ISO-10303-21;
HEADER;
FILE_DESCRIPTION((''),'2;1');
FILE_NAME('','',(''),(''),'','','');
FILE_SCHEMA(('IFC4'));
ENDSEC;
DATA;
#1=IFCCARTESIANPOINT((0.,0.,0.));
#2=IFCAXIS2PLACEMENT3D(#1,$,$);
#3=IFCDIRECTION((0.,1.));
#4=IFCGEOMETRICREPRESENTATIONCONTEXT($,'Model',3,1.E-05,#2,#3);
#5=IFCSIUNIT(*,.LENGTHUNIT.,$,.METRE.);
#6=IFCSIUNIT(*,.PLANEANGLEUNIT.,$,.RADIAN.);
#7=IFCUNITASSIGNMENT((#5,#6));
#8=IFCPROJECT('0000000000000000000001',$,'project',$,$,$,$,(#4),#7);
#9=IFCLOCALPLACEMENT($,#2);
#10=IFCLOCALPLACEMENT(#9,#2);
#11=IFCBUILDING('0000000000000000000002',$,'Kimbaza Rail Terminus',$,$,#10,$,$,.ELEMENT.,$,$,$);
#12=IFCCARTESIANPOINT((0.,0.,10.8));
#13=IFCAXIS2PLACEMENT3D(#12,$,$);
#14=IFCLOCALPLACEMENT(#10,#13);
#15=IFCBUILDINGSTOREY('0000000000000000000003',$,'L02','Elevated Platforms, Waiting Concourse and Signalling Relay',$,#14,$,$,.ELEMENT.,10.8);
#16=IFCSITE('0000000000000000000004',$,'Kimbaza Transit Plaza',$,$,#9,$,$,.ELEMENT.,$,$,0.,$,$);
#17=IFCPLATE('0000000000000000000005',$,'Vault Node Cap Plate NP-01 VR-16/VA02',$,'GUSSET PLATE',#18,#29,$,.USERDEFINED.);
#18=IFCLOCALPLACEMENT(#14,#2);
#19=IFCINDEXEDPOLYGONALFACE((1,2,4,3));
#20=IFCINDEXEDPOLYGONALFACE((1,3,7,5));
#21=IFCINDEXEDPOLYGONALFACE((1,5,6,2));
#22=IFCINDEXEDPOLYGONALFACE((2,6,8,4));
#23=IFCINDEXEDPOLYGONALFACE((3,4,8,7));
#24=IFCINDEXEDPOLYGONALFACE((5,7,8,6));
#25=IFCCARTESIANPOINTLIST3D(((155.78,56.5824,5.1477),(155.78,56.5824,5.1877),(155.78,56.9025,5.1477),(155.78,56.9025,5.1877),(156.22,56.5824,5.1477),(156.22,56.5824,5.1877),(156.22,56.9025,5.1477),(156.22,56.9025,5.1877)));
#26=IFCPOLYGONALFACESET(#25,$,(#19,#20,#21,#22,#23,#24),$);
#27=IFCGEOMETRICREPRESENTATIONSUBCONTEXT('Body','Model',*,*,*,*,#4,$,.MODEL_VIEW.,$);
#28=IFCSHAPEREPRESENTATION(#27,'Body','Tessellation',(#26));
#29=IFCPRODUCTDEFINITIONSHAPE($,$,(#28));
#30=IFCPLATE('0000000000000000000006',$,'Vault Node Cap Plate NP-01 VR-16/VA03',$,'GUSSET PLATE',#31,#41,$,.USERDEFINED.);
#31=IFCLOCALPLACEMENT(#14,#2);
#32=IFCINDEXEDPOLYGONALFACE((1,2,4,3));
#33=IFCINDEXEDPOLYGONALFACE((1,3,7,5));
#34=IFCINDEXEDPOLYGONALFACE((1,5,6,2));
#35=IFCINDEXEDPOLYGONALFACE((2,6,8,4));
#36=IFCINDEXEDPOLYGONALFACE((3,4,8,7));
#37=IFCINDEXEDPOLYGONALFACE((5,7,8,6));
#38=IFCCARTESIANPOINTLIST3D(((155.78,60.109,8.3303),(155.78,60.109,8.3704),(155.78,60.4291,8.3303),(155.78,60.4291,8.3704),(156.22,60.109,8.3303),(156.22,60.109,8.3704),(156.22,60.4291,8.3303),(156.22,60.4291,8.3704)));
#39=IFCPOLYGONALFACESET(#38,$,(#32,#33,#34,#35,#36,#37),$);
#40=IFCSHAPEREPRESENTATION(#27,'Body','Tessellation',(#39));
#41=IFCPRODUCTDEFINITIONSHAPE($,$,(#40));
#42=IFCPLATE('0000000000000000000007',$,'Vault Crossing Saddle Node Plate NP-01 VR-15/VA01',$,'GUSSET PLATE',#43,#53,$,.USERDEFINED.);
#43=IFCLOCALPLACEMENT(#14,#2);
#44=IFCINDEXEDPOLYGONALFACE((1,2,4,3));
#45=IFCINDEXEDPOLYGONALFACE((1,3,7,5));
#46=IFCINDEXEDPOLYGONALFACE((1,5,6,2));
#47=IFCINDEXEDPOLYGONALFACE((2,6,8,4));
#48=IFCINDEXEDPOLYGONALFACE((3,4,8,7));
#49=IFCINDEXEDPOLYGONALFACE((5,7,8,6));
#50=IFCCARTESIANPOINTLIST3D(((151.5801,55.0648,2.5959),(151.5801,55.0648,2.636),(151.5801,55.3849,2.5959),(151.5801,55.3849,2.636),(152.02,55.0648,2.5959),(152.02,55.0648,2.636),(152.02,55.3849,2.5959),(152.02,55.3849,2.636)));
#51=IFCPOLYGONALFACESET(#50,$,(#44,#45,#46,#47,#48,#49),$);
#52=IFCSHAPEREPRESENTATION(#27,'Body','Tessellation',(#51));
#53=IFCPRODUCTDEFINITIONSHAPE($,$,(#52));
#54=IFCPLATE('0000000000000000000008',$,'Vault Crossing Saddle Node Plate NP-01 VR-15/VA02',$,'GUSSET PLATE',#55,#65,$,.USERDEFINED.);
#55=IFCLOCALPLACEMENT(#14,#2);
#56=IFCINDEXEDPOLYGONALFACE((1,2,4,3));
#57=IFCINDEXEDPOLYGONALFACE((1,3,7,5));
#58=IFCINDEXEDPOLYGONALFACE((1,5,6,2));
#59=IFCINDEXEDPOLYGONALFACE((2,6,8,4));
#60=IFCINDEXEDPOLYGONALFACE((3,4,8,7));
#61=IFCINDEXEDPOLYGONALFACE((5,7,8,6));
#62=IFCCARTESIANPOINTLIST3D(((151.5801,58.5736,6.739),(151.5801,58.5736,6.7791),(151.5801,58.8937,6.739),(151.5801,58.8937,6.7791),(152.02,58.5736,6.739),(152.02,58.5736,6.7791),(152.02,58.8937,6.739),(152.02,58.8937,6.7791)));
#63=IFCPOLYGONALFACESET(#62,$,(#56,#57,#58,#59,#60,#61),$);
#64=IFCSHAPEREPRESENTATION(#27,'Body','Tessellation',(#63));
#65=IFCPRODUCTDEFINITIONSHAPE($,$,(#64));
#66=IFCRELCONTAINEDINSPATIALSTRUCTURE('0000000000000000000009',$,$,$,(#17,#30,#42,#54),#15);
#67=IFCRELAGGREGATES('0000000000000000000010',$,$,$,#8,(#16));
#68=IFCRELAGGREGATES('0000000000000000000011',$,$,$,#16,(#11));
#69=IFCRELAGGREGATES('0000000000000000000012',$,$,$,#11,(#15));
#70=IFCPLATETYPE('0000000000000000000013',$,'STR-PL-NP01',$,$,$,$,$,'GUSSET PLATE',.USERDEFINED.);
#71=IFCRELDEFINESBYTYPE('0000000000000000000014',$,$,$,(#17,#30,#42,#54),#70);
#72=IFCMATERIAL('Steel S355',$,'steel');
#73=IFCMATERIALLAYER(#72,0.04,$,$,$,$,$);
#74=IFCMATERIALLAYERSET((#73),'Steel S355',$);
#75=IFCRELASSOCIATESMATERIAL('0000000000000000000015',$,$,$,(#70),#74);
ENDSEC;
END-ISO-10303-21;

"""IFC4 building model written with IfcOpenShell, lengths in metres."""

from ifc_helpers import new_model, si_unit, direction, frame, origin, origin_2d, place, context, subcontext, project, spatial, rectangle, extrude, material, layer, layer_set, type_object, element, save


model = new_model("IFC4")

# Units and contexts
model_context = context("Model", 3, precision=1e-05, world=origin(), true_north=direction((0.0, 1.0)))
body_context = subcontext(model_context, "Body", "Model", "MODEL_VIEW")
ifc_project = project(units=[si_unit("LENGTHUNIT", "METRE"), si_unit("PLANEANGLEUNIT", "RADIAN")], contexts=[model_context])

# Site, building, storey
site_placement = place(None, origin())
site = spatial("IfcSite", under=ifc_project, at=site_placement, Name="Kimbaza Transit Plaza", CompositionType="ELEMENT", RefElevation=0.0)
building_placement = place(site_placement, origin())
building = spatial("IfcBuilding", under=site, at=building_placement, Name="Kimbaza Rail Terminus", CompositionType="ELEMENT")
storey_placement = place(building_placement, frame((0.0, 0.0, 10.8)))
storey = spatial("IfcBuildingStorey", under=building, at=storey_placement, Name="L02", Description="Elevated Platforms, Waiting Concourse and Signalling Relay", CompositionType="ELEMENT", Elevation=10.8)

# Plates
ifc_material_1 = material(Name="Steel S355", Category="steel")
ifc_layer_1 = layer(ifc_material_1, 0.04)
ifc_layer_set_1 = layer_set([ifc_layer_1], Name="Steel S355")
plate_type_1 = type_object("IfcPlateType", Name="STR-PL-NP01", ElementType="GUSSET PLATE", PredefinedType="USERDEFINED", material=ifc_layer_set_1)
for number, where, z_axis, x_axis, name in (
    (1, (156.0, 56.7424, 5.1477), (0.0, 0.0, 1.0), (1.0, 0.0, 0.0), "Vault Node Cap Plate NP-01 VR-16/VA02"),
    (2, (156.0, 60.269, 8.3303), (0.0, 0.0, 1.0), (1.0, 0.0, 0.0), "Vault Node Cap Plate NP-01 VR-16/VA03"),
    (3, (151.8, 55.2249, 2.5959), (0.0, 0.0, 1.0), (1.0, 0.0, 0.0), "Vault Crossing Saddle Node Plate NP-01 VR-15/VA01"),
    (4, (151.8, 58.7336, 6.739), (0.0, 0.0, 1.0), (1.0, 0.0, 0.0), "Vault Crossing Saddle Node Plate NP-01 VR-15/VA02"),
):
    element("IfcPlate", number, at=place(storey_placement, frame(where, z_axis=z_axis, x_axis=x_axis)), inside=storey, type_object=plate_type_1, Name=name, ObjectType="GUSSET PLATE", PredefinedType="USERDEFINED", context=body_context, shape_type="SweptSolid", body=[
        extrude(rectangle(XDim=0.4399, YDim=0.3201, at=origin_2d()), origin(), (0.0, 0.0, 1.0), 0.04),
    ])

save(model, "model.ifc")
